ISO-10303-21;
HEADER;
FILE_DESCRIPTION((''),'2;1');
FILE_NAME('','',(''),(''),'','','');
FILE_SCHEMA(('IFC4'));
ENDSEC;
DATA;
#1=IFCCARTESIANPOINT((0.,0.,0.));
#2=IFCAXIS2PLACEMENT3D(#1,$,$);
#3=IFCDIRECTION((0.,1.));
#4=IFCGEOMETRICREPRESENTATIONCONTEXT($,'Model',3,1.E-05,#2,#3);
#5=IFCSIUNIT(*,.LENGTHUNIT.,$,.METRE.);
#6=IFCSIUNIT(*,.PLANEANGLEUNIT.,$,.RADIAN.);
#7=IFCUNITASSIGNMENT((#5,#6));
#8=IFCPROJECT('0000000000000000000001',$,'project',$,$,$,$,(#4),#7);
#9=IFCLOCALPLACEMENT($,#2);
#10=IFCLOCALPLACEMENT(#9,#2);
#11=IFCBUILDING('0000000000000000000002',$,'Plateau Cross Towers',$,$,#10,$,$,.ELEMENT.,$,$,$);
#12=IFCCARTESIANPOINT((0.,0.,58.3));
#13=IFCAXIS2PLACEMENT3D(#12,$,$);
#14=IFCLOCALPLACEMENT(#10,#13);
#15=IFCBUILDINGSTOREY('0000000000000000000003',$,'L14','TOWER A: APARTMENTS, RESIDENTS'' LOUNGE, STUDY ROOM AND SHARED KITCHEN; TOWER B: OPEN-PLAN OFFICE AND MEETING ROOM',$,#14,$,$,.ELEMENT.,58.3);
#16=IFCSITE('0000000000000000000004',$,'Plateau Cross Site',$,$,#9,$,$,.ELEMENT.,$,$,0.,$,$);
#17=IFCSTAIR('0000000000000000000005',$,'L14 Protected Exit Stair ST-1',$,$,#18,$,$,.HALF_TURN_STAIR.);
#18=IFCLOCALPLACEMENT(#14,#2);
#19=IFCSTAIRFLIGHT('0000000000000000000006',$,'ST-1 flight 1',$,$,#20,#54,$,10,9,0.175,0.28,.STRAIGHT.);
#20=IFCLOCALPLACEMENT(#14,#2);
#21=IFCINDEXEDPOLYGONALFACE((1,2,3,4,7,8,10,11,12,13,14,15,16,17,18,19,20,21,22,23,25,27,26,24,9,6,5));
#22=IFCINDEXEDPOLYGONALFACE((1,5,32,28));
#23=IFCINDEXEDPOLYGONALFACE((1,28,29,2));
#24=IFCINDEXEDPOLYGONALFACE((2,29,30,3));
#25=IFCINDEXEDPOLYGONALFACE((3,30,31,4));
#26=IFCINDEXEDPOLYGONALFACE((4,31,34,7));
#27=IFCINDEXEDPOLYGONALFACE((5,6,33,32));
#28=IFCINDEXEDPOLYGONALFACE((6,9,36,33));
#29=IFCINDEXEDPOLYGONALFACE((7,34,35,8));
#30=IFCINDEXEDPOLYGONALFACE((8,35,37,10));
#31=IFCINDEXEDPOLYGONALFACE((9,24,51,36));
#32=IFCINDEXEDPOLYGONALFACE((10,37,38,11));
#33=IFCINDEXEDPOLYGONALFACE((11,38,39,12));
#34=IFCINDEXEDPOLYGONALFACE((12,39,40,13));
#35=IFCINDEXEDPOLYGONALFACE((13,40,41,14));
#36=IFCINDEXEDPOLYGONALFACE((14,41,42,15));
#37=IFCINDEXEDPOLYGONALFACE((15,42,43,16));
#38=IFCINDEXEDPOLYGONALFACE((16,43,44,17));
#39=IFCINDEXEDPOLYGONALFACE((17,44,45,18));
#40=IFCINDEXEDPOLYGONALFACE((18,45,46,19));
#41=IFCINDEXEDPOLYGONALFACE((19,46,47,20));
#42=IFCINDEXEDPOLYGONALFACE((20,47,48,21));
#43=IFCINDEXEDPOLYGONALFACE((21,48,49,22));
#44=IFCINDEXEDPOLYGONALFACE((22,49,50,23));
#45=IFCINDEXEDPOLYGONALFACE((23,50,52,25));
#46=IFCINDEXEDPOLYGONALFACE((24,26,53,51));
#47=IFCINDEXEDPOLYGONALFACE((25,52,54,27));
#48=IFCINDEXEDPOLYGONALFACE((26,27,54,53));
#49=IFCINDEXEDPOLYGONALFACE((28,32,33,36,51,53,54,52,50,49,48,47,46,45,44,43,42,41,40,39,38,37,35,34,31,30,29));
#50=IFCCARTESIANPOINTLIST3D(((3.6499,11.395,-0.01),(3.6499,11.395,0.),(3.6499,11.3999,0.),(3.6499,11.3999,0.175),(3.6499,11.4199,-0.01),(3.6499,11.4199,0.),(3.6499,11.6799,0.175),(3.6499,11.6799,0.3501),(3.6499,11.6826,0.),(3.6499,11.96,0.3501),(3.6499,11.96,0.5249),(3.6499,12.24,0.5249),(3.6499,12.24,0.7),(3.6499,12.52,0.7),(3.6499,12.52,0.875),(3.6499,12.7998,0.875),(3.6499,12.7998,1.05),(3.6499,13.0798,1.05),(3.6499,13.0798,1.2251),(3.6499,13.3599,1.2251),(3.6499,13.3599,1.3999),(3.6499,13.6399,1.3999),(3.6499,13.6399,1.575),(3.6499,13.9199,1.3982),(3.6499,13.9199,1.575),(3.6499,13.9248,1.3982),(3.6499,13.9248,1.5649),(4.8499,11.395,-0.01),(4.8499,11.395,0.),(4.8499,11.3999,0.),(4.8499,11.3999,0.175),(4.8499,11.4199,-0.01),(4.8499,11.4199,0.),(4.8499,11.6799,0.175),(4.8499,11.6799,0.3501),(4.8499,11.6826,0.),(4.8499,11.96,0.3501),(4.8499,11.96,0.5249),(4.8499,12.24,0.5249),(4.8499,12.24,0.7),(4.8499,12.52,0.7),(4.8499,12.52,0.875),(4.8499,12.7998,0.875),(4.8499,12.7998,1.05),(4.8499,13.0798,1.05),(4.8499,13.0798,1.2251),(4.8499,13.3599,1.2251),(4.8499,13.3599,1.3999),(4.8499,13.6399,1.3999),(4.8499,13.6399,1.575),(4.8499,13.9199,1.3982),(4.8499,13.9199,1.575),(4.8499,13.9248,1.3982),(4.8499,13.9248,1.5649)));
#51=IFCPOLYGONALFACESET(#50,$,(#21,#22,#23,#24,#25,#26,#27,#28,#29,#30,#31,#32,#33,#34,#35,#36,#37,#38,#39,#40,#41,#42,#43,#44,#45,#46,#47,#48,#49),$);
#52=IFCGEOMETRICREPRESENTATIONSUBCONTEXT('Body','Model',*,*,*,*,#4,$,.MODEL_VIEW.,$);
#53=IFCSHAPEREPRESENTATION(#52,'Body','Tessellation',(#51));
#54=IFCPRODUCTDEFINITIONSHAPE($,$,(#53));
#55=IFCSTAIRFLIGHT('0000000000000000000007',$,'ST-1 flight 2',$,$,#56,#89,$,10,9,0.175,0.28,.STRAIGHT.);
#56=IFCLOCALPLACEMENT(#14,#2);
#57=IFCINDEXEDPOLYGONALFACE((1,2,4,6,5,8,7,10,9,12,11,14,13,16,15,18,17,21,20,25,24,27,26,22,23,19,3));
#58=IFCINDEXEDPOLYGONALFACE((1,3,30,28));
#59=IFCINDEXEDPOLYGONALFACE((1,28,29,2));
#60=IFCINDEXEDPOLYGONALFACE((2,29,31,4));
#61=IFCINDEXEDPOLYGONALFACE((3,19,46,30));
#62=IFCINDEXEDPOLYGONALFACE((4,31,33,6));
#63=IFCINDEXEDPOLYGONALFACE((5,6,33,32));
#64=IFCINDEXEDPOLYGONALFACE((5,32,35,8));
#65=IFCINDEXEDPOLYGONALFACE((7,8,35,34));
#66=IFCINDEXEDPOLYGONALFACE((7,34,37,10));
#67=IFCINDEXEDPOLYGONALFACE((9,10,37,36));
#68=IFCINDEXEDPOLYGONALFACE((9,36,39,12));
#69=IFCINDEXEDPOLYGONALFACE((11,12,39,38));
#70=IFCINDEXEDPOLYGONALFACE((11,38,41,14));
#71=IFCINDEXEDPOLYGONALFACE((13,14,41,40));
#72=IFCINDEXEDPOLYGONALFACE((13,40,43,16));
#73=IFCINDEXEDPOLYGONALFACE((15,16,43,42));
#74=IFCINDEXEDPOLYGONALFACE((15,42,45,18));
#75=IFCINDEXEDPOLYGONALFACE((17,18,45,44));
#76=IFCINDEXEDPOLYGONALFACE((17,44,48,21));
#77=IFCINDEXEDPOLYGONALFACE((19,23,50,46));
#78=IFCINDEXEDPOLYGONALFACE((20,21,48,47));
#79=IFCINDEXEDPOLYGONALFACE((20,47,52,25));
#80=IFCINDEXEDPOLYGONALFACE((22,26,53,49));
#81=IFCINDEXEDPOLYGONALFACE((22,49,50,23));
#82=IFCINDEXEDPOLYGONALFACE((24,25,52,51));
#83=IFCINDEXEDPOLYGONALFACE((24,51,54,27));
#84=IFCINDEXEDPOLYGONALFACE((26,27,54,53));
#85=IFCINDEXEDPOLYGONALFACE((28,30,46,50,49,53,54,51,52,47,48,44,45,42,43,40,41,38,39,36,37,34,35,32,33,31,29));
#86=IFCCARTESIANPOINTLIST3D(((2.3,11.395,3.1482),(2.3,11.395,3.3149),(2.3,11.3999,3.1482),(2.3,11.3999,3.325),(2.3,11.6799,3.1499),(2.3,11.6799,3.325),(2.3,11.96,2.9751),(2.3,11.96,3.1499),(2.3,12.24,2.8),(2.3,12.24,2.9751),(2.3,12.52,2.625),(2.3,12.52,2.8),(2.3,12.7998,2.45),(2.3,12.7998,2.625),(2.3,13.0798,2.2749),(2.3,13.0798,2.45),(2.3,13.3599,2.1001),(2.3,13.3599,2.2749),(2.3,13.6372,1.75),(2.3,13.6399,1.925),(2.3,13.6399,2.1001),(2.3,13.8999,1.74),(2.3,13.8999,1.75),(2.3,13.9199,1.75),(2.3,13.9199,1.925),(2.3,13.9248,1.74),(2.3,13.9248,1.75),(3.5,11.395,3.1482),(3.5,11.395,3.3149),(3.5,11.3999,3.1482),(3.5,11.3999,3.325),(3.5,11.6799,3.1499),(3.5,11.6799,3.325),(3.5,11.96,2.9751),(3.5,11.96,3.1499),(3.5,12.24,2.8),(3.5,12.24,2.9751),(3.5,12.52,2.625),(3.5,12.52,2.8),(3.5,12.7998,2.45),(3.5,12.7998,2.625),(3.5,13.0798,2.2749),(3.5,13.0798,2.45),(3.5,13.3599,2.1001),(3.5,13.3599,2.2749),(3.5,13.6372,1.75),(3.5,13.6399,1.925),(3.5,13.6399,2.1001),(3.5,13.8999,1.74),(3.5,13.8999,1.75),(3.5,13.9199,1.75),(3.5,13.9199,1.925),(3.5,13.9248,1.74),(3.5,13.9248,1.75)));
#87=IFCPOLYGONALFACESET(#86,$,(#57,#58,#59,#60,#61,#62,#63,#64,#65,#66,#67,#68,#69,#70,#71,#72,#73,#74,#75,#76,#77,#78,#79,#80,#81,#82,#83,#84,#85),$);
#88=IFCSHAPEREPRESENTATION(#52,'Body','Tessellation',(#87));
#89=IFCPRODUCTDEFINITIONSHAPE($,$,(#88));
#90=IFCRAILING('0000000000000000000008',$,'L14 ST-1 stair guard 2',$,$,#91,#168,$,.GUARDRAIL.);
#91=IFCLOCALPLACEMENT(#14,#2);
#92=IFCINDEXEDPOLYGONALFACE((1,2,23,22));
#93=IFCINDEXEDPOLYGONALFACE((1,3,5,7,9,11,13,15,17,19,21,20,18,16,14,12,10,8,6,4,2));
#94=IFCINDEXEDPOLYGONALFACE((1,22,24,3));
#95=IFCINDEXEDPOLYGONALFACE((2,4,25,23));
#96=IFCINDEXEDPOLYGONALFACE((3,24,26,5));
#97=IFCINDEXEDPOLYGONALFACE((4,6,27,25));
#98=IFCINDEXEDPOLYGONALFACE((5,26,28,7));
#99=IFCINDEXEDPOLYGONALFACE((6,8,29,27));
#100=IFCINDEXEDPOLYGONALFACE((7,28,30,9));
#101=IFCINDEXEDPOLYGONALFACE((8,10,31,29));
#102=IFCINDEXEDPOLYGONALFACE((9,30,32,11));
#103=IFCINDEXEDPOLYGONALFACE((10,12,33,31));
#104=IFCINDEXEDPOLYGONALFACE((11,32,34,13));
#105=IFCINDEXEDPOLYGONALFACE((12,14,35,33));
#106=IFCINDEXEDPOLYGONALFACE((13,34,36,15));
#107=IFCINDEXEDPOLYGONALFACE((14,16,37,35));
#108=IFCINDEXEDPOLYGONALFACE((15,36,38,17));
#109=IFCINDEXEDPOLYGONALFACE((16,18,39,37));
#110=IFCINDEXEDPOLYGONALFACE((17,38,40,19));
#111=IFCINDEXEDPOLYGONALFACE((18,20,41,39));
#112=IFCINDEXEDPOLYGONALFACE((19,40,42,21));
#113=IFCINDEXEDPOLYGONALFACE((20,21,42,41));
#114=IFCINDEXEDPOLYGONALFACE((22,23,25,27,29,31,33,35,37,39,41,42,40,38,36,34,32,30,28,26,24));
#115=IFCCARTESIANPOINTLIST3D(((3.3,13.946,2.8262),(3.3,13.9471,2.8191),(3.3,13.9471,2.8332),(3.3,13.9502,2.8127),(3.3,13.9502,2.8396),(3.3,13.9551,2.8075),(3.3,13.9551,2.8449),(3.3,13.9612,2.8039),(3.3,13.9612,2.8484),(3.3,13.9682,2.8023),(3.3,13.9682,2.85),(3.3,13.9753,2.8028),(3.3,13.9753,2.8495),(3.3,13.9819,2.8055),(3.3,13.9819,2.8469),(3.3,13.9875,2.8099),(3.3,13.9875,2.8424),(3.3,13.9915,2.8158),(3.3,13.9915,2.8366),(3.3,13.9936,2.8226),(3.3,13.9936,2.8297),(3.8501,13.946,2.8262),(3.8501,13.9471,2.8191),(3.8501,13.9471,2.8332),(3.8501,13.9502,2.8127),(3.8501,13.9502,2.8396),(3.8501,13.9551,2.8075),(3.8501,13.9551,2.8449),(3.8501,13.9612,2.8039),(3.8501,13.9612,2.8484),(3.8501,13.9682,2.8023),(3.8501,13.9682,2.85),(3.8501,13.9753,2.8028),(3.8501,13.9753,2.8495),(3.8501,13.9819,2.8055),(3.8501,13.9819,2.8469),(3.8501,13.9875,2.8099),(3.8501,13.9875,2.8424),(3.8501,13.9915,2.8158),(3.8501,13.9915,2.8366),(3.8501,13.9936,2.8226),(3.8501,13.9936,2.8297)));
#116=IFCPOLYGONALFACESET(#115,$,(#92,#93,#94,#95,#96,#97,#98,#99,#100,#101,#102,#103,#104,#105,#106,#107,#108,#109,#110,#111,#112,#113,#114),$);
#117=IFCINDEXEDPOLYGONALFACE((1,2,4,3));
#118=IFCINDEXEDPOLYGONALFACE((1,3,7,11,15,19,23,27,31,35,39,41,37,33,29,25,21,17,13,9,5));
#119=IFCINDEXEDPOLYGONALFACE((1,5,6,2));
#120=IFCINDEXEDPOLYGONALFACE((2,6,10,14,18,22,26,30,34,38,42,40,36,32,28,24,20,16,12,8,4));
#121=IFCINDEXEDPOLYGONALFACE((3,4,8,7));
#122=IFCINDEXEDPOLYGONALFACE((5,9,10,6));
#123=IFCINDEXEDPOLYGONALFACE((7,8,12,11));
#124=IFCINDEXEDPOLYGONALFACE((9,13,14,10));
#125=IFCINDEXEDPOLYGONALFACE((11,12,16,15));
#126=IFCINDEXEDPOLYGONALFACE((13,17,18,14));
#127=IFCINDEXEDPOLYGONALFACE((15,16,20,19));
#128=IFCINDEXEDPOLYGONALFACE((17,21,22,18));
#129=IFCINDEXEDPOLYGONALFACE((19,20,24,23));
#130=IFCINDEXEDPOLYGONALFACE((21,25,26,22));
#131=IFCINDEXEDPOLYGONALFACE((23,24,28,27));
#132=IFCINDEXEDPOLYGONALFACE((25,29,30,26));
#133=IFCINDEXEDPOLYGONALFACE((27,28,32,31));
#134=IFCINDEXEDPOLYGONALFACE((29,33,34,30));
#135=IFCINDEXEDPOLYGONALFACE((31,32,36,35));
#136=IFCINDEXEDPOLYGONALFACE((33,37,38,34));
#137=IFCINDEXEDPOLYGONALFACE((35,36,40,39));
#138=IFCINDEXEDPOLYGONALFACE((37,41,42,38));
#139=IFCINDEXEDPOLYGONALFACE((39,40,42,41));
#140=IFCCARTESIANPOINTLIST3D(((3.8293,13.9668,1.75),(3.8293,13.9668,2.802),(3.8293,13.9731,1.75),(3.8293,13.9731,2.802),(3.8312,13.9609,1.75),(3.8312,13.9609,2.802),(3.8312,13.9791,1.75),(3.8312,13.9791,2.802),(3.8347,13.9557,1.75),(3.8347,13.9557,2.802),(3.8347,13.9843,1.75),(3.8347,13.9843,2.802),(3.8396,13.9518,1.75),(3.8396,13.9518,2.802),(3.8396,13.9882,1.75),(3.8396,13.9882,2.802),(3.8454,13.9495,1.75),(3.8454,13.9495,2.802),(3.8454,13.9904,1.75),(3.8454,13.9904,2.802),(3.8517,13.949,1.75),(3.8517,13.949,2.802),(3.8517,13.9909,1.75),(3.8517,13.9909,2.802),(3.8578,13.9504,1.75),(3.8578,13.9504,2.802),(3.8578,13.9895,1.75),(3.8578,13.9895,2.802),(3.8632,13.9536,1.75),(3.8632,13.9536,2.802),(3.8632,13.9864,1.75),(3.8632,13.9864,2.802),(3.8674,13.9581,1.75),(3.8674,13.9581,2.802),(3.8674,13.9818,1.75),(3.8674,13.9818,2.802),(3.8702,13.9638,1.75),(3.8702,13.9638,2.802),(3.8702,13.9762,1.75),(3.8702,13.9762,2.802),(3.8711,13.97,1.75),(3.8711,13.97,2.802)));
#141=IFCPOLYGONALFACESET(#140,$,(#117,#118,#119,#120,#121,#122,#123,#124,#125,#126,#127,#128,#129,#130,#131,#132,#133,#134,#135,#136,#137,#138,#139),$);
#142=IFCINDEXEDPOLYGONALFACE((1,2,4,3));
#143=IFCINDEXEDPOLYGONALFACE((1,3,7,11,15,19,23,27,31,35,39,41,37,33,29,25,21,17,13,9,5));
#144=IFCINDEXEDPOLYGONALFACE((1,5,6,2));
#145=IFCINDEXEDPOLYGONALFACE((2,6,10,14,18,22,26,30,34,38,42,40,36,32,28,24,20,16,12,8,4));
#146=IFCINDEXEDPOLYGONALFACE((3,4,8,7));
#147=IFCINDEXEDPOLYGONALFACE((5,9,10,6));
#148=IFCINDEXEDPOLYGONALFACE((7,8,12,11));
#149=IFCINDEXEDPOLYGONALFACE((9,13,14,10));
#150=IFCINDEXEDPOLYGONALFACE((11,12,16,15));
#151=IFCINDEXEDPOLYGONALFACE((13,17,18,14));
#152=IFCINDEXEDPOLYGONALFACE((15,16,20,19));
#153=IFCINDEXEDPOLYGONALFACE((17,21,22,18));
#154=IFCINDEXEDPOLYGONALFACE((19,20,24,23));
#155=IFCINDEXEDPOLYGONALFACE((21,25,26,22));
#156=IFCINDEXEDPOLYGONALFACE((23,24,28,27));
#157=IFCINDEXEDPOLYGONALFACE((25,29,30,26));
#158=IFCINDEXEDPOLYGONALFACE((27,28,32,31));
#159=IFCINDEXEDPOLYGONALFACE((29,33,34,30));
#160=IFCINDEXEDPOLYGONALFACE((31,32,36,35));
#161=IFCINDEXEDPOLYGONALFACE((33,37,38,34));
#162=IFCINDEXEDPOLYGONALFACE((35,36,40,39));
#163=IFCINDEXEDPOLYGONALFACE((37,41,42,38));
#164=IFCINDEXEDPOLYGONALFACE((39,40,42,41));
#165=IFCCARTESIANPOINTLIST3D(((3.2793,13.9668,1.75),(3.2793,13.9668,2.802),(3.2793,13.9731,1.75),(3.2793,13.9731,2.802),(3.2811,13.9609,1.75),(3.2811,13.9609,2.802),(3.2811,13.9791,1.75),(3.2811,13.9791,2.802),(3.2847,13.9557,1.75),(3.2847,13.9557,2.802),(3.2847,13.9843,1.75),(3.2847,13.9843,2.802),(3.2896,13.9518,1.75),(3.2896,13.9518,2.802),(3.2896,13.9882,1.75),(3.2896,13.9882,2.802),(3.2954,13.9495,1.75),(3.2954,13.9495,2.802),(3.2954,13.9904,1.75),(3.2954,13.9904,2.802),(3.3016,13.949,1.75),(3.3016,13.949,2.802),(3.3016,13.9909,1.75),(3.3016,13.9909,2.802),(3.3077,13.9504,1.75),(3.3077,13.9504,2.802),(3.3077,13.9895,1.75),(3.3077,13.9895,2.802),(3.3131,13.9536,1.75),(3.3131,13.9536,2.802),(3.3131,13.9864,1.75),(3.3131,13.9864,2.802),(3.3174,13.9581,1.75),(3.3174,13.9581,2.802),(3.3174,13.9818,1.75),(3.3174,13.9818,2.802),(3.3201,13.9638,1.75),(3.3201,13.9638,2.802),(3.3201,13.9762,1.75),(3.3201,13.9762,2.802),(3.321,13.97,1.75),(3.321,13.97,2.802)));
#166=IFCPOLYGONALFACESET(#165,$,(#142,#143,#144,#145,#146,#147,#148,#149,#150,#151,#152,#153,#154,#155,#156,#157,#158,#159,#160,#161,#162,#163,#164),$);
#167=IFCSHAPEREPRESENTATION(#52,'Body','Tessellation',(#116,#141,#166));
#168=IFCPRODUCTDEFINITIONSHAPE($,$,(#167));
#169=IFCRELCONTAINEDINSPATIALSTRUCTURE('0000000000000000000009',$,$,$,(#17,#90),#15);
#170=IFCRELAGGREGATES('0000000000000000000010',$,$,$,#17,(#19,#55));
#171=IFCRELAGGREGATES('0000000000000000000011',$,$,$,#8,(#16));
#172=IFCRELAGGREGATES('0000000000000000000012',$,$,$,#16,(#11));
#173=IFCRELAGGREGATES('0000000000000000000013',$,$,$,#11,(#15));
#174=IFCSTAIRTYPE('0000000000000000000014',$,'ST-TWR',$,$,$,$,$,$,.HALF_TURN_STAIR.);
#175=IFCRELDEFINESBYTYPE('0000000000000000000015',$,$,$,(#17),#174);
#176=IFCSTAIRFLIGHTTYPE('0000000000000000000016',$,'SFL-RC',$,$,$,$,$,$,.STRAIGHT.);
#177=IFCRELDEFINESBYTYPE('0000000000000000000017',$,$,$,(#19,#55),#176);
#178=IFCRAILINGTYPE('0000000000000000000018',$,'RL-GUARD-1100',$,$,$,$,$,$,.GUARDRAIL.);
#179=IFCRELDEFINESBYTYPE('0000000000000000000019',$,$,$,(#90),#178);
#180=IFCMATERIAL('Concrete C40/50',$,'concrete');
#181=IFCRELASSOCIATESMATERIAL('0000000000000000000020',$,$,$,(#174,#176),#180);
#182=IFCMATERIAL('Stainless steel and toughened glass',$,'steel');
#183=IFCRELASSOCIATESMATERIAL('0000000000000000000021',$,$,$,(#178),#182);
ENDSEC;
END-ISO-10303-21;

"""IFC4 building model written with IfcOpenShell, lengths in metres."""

from ifc_helpers import new_model, si_unit, direction, frame, origin, origin_2d, place, context, subcontext, project, spatial, polyline, circle, outline, extrude, material, type_object, element, aggregate, save


model = new_model("IFC4")

# Units and contexts
model_context = context("Model", 3, precision=1e-05, world=origin(), true_north=direction((0.0, 1.0)))
body_context = subcontext(model_context, "Body", "Model", "MODEL_VIEW")
ifc_project = project(units=[si_unit("LENGTHUNIT", "METRE"), si_unit("PLANEANGLEUNIT", "RADIAN")], contexts=[model_context])

# Site, building, storey
site_placement = place(None, origin())
site = spatial("IfcSite", under=ifc_project, at=site_placement, Name="Plateau Cross Site", CompositionType="ELEMENT", RefElevation=0.0)
building_placement = place(site_placement, origin())
building = spatial("IfcBuilding", under=site, at=building_placement, Name="Plateau Cross Towers", CompositionType="ELEMENT")
storey_placement = place(building_placement, frame((0.0, 0.0, 58.3)))
storey = spatial("IfcBuildingStorey", under=building, at=storey_placement, Name="L14", Description="TOWER A: APARTMENTS, RESIDENTS' LOUNGE, STUDY ROOM AND SHARED KITCHEN; TOWER B: OPEN-PLAN OFFICE AND MEETING ROOM", CompositionType="ELEMENT", Elevation=58.3)

# Stair, stair flights
ifc_material_1 = material(Name="Concrete C40/50", Category="concrete")
stair_type = type_object("IfcStairType", Name="ST-TWR", PredefinedType="HALF_TURN_STAIR", material=ifc_material_1)
stair_placement = place(storey_placement, origin())
stair = element("IfcStair", 1, at=stair_placement, inside=storey, type_object=stair_type, Name="L14 Protected Exit Stair ST-1", PredefinedType="HALF_TURN_STAIR")
stair_flight_type = type_object("IfcStairFlightType", Name="SFL-RC", PredefinedType="STRAIGHT", material=ifc_material_1)
stair_flight_1_placement = place(storey_placement, frame((4.25, 11.3999, 0.0), z_axis=(0.0, 0.0, 1.0), x_axis=(0.0, 1.0, 0.0)))
stair_flight_1 = element("IfcStairFlight", 2, at=stair_flight_1_placement, type_object=stair_flight_type, Name="ST-1 flight 1", NumberOfRisers=10, NumberOfTreads=9, PredefinedType="STRAIGHT", RiserHeight=0.175, TreadLength=0.28, context=body_context, shape_type="SweptSolid", body=[
    extrude(outline(polyline([(-0.0049, -0.01), (-0.0049, 0.0), (0.0, 0.0), (0.0, 0.175), (0.28, 0.175), (0.28, 0.3501), (0.5601, 0.3501), (0.5601, 0.5249), (0.8401, 0.5249), (0.8401, 0.7), (1.1201, 0.7), (1.1201, 0.875), (1.3999, 0.875), (1.3999, 1.05), (1.6799, 1.05), (1.6799, 1.2251), (1.96, 1.2251), (1.96, 1.3999), (2.24, 1.3999), (2.24, 1.575), (2.52, 1.575), (2.5249, 1.5649), (2.5249, 1.3982), (2.52, 1.3982), (0.2827, 0.0), (0.02, 0.0), (0.02, -0.01), (-0.0049, -0.01)])), frame((0.0, 0.6001, 0.0), z_axis=(0.0, -1.0, 0.0), x_axis=(1.0, 0.0, 0.0)), (0.0, 0.0, 1.0), 1.2),
])
stair_flight_2_placement = place(storey_placement, frame((2.8999, 13.9199, 1.75), z_axis=(0.0, 0.0, 1.0), x_axis=(0.0, -1.0, 0.0)))
stair_flight_2 = element("IfcStairFlight", 3, at=stair_flight_2_placement, type_object=stair_flight_type, Name="ST-1 flight 2", NumberOfRisers=10, NumberOfTreads=9, PredefinedType="STRAIGHT", RiserHeight=0.175, TreadLength=0.28, context=body_context, shape_type="SweptSolid", body=[
    extrude(outline(polyline([(-0.0049, -0.01), (-0.0049, 0.0), (0.0, 0.0), (0.0, 0.175), (0.28, 0.175), (0.28, 0.3501), (0.5601, 0.3501), (0.5601, 0.5249), (0.8401, 0.5249), (0.8401, 0.7), (1.1201, 0.7), (1.1201, 0.875), (1.3999, 0.875), (1.3999, 1.05), (1.6799, 1.05), (1.6799, 1.2251), (1.96, 1.2251), (1.96, 1.3999), (2.24, 1.3999), (2.24, 1.575), (2.52, 1.575), (2.5249, 1.5649), (2.5249, 1.3982), (2.52, 1.3982), (0.2827, 0.0), (0.02, 0.0), (0.02, -0.01), (-0.0049, -0.01)])), frame((0.0, 0.6001, 0.0), z_axis=(0.0, -1.0, 0.0), x_axis=(1.0, 0.0, 0.0)), (0.0, 0.0, 1.0), 1.2),
])
aggregate(stair, [stair_flight_1, stair_flight_2])

# Railing
ifc_material_2 = material(Name="Stainless steel and toughened glass", Category="steel")
railing_type_1 = type_object("IfcRailingType", Name="RL-GUARD-1100", PredefinedType="GUARDRAIL", material=ifc_material_2)
railing_1_placement = place(storey_placement, frame((3.8501, 13.97, 1.75)))
element("IfcRailing", 4, at=railing_1_placement, inside=storey, type_object=railing_type_1, Name="L14 ST-1 stair guard 2", PredefinedType="GUARDRAIL", context=body_context, shape_type="SweptSolid", body=[
    extrude(circle(Radius=0.0239, at=origin_2d()), frame((0.0, 0.0, 1.0762), z_axis=(-1.0, 0.0, 0.0), x_axis=(0.0, -1.0, 0.0)), (0.0, 0.0, 1.0), 0.55),
    extrude(circle(Radius=0.021, at=origin_2d()), origin(), (0.0, 0.0, 1.0), 1.052),
    extrude(circle(Radius=0.021, at=origin_2d()), frame((-0.55, 0.0, 0.0)), (0.0, 0.0, 1.0), 1.052),
])

save(model, "model.ifc")
